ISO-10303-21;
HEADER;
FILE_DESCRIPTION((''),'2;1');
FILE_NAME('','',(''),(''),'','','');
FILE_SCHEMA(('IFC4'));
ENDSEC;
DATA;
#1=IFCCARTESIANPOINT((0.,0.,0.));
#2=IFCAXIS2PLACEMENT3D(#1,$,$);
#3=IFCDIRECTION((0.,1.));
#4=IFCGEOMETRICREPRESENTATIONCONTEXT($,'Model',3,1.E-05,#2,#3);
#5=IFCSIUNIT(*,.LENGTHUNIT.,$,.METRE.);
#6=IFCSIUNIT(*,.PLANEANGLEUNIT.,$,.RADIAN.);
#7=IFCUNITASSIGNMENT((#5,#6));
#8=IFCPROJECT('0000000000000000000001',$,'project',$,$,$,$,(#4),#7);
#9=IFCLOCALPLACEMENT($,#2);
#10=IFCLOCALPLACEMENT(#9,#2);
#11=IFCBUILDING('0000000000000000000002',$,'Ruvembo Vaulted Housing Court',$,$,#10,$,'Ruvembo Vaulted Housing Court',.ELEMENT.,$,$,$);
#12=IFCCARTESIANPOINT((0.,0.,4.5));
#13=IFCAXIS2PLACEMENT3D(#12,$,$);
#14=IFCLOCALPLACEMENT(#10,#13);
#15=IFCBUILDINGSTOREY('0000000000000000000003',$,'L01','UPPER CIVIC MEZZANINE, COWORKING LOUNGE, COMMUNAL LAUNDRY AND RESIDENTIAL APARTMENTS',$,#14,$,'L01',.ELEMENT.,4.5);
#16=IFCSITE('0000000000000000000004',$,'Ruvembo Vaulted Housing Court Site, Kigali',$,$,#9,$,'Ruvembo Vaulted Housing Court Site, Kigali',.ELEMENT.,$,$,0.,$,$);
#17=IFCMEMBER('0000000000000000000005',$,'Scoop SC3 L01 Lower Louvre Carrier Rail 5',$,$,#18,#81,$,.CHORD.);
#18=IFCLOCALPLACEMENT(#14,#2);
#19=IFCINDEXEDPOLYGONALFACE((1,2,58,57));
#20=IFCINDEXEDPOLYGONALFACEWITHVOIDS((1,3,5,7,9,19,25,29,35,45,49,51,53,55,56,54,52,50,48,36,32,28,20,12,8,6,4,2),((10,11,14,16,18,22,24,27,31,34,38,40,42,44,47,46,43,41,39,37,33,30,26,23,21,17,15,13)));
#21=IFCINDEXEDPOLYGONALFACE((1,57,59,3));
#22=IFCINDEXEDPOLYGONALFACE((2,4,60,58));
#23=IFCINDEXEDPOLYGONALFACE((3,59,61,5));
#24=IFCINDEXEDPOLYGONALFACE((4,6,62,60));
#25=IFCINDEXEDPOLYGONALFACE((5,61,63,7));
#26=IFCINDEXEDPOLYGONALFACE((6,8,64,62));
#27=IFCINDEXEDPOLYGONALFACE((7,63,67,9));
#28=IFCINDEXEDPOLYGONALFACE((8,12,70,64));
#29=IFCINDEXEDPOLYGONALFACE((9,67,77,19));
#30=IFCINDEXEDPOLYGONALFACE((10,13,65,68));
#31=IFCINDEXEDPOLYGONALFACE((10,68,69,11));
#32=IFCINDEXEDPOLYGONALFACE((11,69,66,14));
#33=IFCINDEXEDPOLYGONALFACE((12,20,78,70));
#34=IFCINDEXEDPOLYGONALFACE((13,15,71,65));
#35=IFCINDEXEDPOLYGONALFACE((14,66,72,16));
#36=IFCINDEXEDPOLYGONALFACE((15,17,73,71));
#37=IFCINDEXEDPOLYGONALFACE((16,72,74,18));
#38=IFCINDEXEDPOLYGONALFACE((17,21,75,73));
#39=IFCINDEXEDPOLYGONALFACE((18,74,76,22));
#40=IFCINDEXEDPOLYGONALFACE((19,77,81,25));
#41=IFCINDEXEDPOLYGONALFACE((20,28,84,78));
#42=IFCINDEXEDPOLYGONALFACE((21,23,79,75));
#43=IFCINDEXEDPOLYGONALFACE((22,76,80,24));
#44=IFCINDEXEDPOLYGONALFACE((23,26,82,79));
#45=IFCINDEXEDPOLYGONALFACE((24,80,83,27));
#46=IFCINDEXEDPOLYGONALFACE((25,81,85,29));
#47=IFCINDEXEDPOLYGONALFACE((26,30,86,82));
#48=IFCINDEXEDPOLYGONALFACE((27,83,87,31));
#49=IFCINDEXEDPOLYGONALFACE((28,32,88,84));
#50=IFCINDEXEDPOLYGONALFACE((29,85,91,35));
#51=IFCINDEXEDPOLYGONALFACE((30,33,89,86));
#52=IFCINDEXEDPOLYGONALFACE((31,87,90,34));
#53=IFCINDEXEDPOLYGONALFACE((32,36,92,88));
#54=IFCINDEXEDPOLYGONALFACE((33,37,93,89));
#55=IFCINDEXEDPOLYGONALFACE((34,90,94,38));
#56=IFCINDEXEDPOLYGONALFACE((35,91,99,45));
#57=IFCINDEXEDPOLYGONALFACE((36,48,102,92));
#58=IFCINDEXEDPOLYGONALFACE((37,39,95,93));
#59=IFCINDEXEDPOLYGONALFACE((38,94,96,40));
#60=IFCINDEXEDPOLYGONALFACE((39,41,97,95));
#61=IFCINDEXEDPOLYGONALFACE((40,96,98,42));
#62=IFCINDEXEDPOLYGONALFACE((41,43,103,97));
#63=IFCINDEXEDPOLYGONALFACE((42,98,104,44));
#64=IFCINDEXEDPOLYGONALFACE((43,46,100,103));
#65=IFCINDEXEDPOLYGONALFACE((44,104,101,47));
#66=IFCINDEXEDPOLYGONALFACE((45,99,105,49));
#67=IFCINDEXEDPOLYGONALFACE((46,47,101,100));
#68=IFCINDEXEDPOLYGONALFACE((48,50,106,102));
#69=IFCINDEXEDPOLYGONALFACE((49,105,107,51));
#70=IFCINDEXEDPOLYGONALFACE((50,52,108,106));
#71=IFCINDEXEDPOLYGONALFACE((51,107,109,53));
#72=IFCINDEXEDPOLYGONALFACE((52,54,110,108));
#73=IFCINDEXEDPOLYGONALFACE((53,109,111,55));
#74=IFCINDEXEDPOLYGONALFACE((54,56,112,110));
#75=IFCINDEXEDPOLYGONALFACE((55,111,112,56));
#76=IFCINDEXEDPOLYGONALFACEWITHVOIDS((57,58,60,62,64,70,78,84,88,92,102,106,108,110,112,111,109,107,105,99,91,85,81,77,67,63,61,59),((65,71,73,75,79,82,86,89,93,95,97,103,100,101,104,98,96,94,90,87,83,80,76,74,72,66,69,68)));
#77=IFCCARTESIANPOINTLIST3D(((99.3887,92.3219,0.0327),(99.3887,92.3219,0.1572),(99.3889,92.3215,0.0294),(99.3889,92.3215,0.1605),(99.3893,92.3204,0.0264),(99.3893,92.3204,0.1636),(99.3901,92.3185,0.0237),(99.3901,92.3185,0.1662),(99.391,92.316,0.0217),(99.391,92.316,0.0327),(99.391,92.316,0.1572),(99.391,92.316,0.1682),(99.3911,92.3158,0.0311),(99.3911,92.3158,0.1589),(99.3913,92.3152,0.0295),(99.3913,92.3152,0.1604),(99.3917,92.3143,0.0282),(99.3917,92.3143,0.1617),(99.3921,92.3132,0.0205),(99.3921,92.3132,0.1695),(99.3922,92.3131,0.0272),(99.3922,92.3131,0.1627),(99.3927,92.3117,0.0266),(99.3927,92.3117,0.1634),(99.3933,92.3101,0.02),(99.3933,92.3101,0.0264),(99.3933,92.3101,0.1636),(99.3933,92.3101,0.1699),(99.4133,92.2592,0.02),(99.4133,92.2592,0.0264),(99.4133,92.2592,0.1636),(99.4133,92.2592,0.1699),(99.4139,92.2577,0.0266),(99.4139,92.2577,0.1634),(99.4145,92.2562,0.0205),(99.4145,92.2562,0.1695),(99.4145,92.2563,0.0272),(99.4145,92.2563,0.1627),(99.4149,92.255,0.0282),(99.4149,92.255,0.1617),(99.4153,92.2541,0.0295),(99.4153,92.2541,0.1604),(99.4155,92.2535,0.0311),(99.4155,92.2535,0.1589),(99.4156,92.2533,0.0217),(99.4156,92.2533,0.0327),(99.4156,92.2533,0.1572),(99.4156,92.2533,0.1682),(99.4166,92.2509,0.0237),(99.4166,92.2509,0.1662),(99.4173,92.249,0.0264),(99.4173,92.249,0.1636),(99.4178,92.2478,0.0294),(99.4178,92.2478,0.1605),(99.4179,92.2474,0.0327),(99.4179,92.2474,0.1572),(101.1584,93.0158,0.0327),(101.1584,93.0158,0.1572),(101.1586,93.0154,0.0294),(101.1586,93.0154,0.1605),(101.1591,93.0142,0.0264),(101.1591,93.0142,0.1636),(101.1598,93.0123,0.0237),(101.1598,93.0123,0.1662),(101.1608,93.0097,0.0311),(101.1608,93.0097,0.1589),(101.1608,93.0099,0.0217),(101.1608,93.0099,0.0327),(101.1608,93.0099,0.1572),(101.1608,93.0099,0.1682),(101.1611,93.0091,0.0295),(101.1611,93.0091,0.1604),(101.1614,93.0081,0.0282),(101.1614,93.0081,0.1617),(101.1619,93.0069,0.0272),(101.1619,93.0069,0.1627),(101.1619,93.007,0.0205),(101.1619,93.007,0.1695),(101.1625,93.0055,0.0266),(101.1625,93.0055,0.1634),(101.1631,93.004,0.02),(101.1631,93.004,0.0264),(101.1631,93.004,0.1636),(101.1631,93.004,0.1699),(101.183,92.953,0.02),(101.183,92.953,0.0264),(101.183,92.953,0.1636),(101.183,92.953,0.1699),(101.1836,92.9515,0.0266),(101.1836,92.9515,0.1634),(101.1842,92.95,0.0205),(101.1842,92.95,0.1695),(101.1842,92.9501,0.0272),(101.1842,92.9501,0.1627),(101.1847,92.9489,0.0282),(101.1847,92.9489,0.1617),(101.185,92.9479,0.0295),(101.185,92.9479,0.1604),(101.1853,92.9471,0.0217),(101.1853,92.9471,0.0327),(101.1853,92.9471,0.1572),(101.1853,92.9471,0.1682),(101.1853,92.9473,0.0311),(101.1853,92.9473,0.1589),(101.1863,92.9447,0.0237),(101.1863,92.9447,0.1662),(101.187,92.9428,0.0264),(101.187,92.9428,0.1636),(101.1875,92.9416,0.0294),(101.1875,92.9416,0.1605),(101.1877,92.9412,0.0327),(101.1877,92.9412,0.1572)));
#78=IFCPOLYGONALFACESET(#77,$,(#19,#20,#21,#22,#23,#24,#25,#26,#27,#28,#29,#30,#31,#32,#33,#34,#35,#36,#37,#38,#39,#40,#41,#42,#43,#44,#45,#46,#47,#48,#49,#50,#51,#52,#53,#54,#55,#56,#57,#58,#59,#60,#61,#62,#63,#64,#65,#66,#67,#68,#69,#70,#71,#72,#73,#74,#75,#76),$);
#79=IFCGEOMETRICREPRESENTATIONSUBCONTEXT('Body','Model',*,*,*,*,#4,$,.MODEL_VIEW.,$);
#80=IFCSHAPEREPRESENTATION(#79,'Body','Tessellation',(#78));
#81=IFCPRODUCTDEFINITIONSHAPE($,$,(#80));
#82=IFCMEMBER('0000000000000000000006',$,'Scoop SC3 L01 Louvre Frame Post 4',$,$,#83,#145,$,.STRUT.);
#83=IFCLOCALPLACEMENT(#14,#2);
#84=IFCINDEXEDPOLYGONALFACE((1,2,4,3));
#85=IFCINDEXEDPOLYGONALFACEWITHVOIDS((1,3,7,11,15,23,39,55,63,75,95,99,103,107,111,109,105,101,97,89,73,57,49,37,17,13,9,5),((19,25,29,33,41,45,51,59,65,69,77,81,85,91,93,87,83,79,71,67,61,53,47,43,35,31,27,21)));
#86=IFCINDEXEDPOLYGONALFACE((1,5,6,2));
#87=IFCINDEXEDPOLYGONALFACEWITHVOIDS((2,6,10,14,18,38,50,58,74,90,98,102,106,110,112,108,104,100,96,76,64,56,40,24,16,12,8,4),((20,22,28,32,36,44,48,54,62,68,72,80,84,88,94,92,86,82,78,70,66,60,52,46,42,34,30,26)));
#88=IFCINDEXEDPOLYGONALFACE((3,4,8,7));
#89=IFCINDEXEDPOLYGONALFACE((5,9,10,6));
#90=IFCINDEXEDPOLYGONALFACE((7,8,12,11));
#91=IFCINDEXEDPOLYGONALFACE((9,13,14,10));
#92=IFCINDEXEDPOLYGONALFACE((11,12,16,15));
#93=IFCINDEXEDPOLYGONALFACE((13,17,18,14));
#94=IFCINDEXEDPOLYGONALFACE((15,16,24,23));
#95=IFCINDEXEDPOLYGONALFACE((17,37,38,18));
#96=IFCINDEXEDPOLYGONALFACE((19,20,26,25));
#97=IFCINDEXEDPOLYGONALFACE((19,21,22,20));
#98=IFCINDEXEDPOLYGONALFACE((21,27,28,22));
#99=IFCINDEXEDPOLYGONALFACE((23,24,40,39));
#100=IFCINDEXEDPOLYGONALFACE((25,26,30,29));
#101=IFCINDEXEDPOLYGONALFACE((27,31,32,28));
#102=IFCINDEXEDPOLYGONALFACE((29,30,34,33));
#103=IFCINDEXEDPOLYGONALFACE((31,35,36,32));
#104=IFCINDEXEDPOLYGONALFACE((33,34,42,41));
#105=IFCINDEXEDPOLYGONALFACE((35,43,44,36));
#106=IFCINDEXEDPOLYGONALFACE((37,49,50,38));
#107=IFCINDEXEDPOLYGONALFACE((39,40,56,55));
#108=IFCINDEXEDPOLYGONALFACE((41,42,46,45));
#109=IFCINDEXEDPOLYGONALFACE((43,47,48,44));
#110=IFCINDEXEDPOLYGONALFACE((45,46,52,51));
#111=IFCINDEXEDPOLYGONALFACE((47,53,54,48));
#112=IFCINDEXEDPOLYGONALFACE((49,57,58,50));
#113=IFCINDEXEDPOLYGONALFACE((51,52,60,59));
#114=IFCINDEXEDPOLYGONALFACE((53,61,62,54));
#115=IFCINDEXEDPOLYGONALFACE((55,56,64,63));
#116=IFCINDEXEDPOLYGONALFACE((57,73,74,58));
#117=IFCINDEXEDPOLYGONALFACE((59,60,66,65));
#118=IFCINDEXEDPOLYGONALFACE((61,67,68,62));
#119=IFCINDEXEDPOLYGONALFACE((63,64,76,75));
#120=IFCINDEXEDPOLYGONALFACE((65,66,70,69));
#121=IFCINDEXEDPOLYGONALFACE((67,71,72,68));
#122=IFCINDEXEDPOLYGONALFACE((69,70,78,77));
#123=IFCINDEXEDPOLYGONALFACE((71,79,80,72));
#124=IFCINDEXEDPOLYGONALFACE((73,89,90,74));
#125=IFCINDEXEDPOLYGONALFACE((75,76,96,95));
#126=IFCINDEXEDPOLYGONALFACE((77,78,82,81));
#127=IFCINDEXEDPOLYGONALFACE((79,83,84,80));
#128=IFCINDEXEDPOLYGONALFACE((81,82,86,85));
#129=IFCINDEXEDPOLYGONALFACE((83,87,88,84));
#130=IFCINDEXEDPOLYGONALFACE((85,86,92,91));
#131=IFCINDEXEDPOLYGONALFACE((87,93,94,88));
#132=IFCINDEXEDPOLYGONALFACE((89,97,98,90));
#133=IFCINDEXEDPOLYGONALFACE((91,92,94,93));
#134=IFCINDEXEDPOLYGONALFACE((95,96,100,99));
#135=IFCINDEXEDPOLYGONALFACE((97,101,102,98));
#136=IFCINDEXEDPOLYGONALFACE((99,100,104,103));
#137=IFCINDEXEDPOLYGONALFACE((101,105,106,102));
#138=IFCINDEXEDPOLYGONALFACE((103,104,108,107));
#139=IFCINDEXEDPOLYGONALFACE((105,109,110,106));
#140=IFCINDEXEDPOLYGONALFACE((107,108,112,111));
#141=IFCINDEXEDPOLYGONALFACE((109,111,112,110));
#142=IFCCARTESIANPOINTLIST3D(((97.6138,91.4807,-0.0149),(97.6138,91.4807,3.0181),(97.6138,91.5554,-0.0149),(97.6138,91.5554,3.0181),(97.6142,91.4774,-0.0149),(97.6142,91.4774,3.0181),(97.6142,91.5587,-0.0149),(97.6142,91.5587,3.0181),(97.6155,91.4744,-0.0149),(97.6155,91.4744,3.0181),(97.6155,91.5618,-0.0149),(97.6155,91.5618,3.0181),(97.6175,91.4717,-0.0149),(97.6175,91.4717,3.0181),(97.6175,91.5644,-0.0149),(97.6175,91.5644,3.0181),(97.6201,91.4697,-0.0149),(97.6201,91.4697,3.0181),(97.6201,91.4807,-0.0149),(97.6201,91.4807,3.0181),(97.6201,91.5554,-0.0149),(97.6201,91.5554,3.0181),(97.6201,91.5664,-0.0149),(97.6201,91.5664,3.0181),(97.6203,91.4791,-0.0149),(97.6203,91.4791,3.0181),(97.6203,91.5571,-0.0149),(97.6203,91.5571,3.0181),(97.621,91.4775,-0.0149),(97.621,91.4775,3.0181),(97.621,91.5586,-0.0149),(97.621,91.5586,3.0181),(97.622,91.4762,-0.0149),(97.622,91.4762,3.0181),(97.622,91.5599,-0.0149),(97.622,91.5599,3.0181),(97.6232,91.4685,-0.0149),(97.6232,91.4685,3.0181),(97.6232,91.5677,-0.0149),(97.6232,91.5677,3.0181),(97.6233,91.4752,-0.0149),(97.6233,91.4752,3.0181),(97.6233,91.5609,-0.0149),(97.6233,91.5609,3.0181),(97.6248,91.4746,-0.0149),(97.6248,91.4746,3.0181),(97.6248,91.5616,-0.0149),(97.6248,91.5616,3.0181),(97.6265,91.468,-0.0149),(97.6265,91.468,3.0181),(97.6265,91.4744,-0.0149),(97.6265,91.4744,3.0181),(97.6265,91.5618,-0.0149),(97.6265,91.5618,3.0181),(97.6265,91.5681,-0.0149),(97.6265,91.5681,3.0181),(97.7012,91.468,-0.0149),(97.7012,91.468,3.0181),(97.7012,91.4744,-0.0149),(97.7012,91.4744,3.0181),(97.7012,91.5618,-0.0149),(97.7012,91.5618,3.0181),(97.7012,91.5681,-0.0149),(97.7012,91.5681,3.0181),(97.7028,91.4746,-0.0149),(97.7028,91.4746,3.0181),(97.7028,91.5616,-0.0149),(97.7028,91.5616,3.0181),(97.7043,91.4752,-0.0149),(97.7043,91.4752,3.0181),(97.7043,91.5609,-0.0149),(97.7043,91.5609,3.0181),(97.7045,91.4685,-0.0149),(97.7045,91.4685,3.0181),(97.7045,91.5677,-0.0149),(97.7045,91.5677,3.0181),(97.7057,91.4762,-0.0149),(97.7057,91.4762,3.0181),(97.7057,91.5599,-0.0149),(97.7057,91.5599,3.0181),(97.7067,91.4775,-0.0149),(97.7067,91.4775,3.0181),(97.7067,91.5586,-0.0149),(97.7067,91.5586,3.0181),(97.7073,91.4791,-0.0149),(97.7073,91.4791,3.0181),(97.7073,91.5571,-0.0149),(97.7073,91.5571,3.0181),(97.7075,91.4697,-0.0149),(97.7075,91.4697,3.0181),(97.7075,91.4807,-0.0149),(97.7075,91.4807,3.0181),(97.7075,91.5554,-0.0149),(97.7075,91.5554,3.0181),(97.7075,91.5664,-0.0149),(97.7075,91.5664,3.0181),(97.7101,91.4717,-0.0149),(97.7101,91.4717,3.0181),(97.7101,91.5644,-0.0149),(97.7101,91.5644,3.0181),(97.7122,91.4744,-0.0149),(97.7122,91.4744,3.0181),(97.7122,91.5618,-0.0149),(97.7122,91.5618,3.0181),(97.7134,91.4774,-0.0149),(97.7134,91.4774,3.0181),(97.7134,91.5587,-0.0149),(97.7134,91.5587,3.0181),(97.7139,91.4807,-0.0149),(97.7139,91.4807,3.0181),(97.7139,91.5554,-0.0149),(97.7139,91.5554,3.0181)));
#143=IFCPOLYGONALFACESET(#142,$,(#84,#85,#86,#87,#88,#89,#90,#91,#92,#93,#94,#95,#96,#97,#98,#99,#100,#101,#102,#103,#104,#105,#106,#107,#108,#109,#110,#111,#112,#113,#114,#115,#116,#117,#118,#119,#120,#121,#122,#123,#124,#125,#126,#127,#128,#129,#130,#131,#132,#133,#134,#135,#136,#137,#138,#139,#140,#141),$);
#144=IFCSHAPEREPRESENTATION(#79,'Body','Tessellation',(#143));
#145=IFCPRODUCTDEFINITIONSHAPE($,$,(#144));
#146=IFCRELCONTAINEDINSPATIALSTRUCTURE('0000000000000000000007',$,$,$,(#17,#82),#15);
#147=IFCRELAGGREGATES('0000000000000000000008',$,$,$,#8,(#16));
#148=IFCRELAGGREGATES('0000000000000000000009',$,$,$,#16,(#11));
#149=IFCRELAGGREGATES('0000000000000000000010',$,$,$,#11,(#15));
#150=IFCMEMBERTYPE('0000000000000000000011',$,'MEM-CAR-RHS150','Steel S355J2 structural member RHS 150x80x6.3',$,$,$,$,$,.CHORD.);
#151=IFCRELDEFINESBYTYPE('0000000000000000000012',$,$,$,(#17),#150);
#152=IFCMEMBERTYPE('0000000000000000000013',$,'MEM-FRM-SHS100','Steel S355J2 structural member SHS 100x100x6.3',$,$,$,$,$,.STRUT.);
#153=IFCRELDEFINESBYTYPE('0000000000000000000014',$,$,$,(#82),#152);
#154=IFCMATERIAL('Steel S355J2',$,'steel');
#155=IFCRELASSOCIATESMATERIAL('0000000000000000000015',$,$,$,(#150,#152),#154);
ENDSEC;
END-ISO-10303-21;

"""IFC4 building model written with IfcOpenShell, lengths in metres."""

from ifc_helpers import new_model, si_unit, direction, frame, origin, origin_2d, place, context, subcontext, project, spatial, hollow_rectangle, extrude, material, material_profile, profile_set, type_object, element, save


model = new_model("IFC4")

# Units and contexts
model_context = context("Model", 3, precision=1e-05, world=origin(), true_north=direction((0.0, 1.0)))
body_context = subcontext(model_context, "Body", "Model", "MODEL_VIEW")
ifc_project = project(units=[si_unit("LENGTHUNIT", "METRE"), si_unit("PLANEANGLEUNIT", "RADIAN")], contexts=[model_context])

# Site, building, storey
site_placement = place(None, origin())
site = spatial("IfcSite", under=ifc_project, at=site_placement, Name="Ruvembo Vaulted Housing Court Site, Kigali", LongName="Ruvembo Vaulted Housing Court Site, Kigali", CompositionType="ELEMENT", RefElevation=0.0)
building_placement = place(site_placement, origin())
building = spatial("IfcBuilding", under=site, at=building_placement, Name="Ruvembo Vaulted Housing Court", LongName="Ruvembo Vaulted Housing Court", CompositionType="ELEMENT")
storey_placement = place(building_placement, frame((0.0, 0.0, 4.5)))
storey = spatial("IfcBuildingStorey", under=building, at=storey_placement, Name="L01", Description="UPPER CIVIC MEZZANINE, COWORKING LOUNGE, COMMUNAL LAUNDRY AND RESIDENTIAL APARTMENTS", LongName="L01", CompositionType="ELEMENT", Elevation=4.5)

# Shared definitions
ifc_material_1 = material(Name="Steel S355J2", Category="steel")

# Members
ifc_material_profile_1 = material_profile(ifc_material_1, hollow_rectangle(XDim=0.0801, YDim=0.1499, WallThickness=0.0063, InnerFilletRadius=0.0063, OuterFilletRadius=0.0127, at=origin_2d()), Name="RHS 150x80x6.3")
ifc_profile_set_1 = profile_set([ifc_material_profile_1], Name="Steel S355J2")
member_type_1 = type_object("IfcMemberType", Name="MEM-CAR-RHS150", Description="Steel S355J2 structural member RHS 150x80x6.3", PredefinedType="CHORD", material=ifc_profile_set_1)
for number, where, z_axis, x_axis, name in (
    (1, (99.4033, 92.2847, 0.095), (0.931006, 0.365005, 0.0), (-0.365005, 0.931006, 0.0), "Scoop SC3 L01 Lower Louvre Carrier Rail 5"),
):
    element("IfcMember", number, at=place(storey_placement, frame(where, z_axis=z_axis, x_axis=x_axis)), inside=storey, type_object=member_type_1, Name=name, PredefinedType="CHORD", context=body_context, shape_type="SweptSolid", body=[
        extrude(hollow_rectangle(XDim=0.0801, YDim=0.1499, WallThickness=0.0063, InnerFilletRadius=0.0063, OuterFilletRadius=0.0127, at=origin_2d()), origin(), (0.0, 0.0, 1.0), 1.9009),
    ])
ifc_material_profile_2 = material_profile(ifc_material_1, hollow_rectangle(XDim=0.1001, YDim=0.1001, WallThickness=0.0063, InnerFilletRadius=0.0063, OuterFilletRadius=0.0127, at=origin_2d()), Name="SHS 100x100x6.3")
ifc_profile_set_2 = profile_set([ifc_material_profile_2], Name="Steel S355J2")
member_type_2 = type_object("IfcMemberType", Name="MEM-FRM-SHS100", Description="Steel S355J2 structural member SHS 100x100x6.3", PredefinedType="STRUT", material=ifc_profile_set_2)
for number, where, z_axis, x_axis, name in (
    (2, (97.6638, 91.5181, -0.0149), (0.0, 0.0, 1.0), (1.0, 0.0, 0.0), "Scoop SC3 L01 Louvre Frame Post 4"),
):
    element("IfcMember", number, at=place(storey_placement, frame(where, z_axis=z_axis, x_axis=x_axis)), inside=storey, type_object=member_type_2, Name=name, PredefinedType="STRUT", context=body_context, shape_type="SweptSolid", body=[
        extrude(hollow_rectangle(XDim=0.1001, YDim=0.1001, WallThickness=0.0063, InnerFilletRadius=0.0063, OuterFilletRadius=0.0127, at=origin_2d()), origin(), (0.0, 0.0, 1.0), 3.033),
    ])

save(model, "model.ifc")
